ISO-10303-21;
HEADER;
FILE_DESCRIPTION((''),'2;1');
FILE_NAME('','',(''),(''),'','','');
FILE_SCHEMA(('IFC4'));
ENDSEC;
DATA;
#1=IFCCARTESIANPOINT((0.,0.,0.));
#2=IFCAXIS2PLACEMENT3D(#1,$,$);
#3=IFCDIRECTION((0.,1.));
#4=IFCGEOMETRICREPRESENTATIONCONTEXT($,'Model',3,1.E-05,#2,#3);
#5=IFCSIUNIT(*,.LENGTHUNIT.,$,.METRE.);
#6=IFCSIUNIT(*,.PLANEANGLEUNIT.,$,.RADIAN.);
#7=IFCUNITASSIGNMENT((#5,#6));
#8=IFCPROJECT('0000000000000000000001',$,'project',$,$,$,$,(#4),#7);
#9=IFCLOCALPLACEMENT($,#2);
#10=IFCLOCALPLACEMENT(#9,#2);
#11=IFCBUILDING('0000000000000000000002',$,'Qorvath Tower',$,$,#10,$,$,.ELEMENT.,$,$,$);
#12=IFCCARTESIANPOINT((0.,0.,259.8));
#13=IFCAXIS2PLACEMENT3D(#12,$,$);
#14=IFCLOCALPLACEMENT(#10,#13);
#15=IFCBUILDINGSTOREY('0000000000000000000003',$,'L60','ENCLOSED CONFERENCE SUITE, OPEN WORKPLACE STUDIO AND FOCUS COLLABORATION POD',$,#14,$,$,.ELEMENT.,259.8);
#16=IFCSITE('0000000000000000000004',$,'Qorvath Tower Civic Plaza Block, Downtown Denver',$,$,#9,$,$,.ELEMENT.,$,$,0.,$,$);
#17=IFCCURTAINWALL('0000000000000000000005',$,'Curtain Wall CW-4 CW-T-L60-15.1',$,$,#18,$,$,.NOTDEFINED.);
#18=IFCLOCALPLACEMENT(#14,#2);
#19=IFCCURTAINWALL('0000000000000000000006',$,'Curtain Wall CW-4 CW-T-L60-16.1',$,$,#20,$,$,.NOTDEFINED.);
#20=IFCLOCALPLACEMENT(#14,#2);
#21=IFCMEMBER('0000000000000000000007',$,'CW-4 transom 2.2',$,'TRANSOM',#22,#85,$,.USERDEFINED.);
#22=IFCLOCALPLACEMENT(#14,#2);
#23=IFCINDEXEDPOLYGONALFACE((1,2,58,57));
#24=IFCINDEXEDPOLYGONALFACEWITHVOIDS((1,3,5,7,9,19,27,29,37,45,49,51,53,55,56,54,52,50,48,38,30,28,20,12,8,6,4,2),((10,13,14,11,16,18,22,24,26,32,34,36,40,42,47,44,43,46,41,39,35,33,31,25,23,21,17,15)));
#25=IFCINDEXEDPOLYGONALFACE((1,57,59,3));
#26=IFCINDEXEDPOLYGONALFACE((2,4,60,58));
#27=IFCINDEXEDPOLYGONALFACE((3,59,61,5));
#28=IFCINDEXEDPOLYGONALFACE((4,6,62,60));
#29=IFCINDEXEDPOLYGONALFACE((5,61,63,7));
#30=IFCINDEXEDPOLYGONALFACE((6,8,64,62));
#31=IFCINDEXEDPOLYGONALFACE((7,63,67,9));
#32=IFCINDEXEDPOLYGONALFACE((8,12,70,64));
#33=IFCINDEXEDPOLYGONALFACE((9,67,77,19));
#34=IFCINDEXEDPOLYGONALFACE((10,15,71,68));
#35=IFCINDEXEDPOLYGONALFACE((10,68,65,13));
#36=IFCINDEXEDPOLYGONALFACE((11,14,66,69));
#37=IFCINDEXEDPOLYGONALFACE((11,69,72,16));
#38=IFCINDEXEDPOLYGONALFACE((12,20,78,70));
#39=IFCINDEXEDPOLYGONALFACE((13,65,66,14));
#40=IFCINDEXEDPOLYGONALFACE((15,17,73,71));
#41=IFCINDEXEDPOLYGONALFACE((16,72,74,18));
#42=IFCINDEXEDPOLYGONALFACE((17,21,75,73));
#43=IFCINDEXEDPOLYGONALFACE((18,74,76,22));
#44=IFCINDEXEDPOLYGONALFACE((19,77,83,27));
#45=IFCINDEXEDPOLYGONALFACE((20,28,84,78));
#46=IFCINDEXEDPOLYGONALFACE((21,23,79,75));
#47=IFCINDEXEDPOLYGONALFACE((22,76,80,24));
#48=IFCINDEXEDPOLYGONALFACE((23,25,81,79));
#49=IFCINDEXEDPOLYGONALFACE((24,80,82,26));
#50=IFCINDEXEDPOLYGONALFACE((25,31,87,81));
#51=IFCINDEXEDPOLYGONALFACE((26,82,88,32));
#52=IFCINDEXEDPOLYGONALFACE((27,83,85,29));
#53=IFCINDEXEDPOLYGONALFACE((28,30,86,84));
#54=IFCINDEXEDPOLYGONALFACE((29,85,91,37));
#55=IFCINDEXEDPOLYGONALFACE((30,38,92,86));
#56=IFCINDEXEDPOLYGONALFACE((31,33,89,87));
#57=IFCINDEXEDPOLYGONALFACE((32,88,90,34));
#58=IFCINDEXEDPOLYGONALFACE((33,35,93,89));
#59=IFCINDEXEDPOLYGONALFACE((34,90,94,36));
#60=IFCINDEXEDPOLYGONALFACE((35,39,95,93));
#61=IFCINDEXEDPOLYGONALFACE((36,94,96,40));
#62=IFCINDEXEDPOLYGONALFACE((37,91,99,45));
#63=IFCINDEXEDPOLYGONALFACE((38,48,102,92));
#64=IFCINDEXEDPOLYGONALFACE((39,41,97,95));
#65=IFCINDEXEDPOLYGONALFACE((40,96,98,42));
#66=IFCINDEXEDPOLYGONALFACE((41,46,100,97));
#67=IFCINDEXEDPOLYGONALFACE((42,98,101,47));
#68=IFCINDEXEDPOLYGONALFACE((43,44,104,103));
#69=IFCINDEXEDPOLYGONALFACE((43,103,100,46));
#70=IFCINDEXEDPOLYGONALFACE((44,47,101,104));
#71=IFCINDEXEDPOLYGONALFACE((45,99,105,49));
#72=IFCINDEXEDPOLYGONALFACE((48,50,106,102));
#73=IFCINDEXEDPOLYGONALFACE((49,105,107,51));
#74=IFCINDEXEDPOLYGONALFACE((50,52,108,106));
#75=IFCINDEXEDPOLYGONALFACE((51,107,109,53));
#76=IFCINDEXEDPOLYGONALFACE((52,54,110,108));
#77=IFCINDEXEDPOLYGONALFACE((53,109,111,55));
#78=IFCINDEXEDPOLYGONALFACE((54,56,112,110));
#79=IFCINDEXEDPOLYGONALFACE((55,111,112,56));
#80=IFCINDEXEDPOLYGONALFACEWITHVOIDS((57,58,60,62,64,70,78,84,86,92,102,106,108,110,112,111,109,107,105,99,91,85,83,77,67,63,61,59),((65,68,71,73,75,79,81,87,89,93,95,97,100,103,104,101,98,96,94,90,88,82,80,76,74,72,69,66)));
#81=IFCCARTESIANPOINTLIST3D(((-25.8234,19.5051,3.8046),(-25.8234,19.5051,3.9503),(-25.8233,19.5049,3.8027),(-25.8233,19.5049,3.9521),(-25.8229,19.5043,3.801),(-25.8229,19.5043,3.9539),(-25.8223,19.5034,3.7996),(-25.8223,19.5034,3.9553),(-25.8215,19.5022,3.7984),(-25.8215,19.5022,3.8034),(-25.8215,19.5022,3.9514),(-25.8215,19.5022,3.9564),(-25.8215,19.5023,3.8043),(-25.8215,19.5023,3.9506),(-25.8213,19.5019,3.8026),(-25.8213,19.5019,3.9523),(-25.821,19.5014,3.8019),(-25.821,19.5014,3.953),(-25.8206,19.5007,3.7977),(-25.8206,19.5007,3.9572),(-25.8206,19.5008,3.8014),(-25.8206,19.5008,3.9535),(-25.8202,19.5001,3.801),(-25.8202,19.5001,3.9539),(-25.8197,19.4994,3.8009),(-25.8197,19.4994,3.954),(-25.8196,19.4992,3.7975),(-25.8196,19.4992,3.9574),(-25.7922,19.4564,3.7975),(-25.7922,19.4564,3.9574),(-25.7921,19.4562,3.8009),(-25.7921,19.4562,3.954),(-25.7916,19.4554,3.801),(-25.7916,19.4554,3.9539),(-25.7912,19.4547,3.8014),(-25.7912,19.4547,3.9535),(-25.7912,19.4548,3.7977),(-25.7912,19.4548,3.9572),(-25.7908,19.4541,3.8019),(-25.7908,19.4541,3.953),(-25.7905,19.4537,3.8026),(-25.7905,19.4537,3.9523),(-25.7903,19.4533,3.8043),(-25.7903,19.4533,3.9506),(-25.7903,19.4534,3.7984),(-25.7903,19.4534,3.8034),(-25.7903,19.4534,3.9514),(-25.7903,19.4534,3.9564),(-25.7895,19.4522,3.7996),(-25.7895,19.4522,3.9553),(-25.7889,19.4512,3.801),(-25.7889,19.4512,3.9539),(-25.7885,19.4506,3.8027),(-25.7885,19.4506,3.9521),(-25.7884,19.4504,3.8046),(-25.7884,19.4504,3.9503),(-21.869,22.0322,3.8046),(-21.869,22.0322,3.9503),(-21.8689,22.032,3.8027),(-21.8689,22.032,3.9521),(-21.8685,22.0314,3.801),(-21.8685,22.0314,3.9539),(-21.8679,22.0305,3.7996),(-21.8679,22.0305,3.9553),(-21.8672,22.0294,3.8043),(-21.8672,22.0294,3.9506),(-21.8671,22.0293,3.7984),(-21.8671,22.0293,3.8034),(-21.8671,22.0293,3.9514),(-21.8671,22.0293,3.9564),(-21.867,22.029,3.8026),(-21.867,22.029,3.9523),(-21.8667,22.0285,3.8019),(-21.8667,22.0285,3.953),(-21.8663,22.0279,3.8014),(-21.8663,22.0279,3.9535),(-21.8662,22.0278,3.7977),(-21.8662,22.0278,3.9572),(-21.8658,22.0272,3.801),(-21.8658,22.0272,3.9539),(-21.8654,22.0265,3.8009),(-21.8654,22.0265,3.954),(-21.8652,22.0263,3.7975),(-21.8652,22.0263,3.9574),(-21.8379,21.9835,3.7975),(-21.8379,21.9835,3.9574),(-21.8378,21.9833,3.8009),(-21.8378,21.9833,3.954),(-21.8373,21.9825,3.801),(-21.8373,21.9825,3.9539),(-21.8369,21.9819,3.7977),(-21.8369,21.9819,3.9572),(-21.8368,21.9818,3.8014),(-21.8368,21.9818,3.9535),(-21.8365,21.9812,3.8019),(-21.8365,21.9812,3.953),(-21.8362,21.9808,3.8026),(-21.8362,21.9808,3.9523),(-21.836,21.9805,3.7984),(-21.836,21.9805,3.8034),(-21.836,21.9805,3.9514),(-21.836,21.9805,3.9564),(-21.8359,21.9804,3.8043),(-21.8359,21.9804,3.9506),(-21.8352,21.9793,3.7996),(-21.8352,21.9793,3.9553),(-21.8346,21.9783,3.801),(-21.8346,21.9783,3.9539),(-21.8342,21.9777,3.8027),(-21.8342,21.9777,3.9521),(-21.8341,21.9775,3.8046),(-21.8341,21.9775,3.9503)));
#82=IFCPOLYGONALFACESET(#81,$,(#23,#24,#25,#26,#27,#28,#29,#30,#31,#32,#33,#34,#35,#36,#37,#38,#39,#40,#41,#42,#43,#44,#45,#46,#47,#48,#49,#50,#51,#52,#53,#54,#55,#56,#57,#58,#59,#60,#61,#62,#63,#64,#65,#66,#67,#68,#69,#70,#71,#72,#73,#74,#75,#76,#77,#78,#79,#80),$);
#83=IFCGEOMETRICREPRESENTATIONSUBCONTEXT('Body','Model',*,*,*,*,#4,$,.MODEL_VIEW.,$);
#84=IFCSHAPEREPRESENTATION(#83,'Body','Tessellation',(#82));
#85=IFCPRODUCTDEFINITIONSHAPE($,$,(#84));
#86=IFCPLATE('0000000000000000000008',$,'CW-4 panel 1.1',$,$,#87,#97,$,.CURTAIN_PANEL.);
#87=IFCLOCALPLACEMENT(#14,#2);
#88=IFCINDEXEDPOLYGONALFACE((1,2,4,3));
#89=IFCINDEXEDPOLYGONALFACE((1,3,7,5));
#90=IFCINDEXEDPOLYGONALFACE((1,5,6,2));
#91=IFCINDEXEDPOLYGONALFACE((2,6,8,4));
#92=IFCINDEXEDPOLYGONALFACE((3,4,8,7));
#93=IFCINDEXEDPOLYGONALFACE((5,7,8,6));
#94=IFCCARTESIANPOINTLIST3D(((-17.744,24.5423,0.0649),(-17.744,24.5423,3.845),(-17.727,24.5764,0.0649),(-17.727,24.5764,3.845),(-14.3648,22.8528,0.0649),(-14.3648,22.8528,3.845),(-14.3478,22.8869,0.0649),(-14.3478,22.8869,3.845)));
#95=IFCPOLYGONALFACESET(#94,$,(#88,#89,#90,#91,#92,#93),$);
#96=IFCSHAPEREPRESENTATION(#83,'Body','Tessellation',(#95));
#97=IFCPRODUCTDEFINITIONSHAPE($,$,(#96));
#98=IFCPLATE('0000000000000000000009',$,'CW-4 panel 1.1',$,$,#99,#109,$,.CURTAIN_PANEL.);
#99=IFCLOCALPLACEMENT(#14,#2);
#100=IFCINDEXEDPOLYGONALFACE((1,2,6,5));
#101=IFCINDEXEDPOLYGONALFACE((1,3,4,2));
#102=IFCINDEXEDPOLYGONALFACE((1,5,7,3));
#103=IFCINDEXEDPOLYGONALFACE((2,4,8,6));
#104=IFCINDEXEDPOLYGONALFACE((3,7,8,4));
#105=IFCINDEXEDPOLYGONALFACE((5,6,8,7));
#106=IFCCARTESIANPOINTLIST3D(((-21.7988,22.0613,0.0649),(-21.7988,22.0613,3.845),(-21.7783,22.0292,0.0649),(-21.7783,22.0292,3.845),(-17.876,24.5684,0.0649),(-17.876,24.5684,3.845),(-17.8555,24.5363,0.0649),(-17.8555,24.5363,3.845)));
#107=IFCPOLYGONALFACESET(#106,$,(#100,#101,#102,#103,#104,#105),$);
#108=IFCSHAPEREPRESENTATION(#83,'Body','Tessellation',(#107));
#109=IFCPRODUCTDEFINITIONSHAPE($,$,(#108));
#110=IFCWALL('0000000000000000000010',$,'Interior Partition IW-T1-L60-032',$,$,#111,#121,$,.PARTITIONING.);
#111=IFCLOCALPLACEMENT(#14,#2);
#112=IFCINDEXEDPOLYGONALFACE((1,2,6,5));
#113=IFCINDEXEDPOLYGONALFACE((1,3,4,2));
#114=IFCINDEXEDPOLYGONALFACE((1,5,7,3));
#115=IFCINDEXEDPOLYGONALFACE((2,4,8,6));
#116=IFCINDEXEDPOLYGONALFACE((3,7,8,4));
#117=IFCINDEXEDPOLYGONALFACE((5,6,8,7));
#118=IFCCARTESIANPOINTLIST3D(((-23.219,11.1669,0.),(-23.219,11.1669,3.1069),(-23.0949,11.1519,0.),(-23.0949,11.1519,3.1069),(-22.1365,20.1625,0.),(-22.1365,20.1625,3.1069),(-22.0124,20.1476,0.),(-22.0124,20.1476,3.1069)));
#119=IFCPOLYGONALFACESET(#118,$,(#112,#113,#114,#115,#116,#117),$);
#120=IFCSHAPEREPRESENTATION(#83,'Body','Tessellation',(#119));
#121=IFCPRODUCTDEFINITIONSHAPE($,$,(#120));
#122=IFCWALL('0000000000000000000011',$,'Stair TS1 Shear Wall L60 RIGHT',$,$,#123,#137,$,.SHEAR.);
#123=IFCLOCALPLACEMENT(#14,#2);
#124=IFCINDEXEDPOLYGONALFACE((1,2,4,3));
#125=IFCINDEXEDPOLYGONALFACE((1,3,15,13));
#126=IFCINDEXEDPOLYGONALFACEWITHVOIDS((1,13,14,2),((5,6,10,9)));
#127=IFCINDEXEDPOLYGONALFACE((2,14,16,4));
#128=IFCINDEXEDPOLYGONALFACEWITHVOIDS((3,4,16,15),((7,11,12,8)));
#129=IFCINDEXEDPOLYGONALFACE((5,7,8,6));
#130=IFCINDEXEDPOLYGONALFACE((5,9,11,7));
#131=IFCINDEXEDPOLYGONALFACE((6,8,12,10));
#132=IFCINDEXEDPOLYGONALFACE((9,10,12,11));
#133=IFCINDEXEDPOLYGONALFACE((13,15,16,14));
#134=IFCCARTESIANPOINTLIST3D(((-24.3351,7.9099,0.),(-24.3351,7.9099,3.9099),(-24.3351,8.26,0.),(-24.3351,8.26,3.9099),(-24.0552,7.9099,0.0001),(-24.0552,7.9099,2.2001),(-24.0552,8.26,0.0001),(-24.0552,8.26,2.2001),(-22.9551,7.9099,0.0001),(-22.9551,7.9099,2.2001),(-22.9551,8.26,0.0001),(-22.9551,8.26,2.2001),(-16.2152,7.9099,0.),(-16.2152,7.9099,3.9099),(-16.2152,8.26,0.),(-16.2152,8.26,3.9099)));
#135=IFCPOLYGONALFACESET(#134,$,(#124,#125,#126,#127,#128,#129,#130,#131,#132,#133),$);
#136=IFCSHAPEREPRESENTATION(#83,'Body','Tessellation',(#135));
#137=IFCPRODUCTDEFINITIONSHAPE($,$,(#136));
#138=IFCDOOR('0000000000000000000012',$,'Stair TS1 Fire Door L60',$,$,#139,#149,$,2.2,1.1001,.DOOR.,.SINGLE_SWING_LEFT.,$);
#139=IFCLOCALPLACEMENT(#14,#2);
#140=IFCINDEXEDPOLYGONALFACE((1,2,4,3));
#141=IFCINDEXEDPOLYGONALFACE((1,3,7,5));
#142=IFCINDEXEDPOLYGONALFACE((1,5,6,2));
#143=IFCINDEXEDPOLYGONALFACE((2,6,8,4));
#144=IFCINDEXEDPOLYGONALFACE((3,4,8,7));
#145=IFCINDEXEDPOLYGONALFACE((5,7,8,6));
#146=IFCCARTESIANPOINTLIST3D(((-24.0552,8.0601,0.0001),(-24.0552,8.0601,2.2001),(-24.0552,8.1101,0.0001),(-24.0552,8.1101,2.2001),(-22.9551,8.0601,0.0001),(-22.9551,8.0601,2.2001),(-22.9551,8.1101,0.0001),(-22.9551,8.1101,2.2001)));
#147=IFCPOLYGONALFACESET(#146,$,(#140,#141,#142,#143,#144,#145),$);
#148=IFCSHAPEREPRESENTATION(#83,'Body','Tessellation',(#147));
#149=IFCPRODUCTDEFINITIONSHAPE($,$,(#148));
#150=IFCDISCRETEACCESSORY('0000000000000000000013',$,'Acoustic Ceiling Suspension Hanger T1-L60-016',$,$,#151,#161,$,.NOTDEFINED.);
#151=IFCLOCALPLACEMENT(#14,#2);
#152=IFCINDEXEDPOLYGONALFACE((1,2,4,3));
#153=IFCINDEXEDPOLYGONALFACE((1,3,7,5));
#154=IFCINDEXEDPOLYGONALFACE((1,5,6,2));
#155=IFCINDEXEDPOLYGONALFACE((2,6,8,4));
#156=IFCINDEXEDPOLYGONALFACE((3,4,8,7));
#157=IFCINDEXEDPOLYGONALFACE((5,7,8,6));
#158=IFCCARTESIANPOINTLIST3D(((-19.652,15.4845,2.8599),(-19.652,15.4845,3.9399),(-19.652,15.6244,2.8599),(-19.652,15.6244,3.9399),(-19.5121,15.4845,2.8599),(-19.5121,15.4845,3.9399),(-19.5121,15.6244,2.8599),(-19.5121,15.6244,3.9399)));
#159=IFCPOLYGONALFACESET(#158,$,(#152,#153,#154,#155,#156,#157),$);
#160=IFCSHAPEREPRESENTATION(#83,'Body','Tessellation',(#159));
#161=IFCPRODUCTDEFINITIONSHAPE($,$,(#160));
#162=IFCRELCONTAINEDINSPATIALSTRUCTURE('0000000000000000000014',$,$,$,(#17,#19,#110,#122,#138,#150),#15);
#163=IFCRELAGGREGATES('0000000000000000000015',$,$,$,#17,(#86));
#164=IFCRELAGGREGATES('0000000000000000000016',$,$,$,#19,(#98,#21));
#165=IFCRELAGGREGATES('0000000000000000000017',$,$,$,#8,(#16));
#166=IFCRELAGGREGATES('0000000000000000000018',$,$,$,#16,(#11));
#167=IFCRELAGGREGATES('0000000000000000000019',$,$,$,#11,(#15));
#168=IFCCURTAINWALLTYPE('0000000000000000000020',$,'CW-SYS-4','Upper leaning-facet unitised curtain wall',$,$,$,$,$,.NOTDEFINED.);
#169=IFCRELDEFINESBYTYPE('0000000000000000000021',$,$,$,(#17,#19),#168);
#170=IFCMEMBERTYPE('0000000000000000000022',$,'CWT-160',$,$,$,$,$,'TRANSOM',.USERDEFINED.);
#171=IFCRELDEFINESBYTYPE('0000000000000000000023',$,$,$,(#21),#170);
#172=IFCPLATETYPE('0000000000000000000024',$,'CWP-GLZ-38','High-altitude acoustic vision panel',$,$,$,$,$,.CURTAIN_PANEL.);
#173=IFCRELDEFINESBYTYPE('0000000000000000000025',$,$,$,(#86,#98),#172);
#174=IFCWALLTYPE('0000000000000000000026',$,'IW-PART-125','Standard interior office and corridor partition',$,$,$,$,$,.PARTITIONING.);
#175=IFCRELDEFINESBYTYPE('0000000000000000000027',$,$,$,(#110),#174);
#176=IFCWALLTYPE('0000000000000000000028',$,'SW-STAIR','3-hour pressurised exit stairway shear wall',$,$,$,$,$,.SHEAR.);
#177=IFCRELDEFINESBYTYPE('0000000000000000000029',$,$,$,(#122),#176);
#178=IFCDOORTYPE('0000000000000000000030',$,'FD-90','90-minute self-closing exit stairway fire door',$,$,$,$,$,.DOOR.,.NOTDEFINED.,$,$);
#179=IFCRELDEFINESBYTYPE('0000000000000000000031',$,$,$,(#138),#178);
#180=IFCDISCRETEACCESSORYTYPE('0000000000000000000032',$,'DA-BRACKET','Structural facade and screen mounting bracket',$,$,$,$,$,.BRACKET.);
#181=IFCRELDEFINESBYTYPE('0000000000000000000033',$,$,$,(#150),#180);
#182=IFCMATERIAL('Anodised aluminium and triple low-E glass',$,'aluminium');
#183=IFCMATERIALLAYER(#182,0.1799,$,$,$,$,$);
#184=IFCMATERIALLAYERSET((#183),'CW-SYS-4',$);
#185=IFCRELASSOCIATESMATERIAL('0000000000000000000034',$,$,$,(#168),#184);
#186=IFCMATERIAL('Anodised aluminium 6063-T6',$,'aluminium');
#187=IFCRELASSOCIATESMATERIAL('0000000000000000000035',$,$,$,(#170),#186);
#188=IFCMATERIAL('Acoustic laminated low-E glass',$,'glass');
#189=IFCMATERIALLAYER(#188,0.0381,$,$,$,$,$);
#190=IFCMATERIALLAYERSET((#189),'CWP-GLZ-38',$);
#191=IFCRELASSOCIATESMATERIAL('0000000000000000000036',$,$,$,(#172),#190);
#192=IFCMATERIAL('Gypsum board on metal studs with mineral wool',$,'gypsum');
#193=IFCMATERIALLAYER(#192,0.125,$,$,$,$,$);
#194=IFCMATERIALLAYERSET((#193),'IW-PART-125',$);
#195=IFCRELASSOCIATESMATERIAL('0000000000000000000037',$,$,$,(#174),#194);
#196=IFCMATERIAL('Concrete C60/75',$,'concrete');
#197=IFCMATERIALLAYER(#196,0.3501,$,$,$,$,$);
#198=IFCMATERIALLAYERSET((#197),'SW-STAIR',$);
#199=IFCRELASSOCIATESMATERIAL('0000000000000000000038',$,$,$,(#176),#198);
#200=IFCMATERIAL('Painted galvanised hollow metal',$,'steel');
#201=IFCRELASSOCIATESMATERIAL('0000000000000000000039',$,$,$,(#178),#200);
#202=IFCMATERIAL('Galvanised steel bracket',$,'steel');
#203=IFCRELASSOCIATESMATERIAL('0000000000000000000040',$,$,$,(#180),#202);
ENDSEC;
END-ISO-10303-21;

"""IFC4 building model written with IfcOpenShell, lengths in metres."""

from ifc_helpers import new_model, si_unit, direction, frame, frame_2d, origin, origin_2d, place, context, subcontext, project, spatial, rectangle, hollow_rectangle, extrude, material, layer, layer_set, material_profile, profile_set, type_object, element, fill, aggregate, save


model = new_model("IFC4")

# Units and contexts
model_context = context("Model", 3, precision=1e-05, world=origin(), true_north=direction((0.0, 1.0)))
body_context = subcontext(model_context, "Body", "Model", "MODEL_VIEW")
ifc_project = project(units=[si_unit("LENGTHUNIT", "METRE"), si_unit("PLANEANGLEUNIT", "RADIAN")], contexts=[model_context])

# Site, building, storey
site_placement = place(None, origin())
site = spatial("IfcSite", under=ifc_project, at=site_placement, Name="Qorvath Tower Civic Plaza Block, Downtown Denver", CompositionType="ELEMENT", RefElevation=0.0)
building_placement = place(site_placement, origin())
building = spatial("IfcBuilding", under=site, at=building_placement, Name="Qorvath Tower", CompositionType="ELEMENT")
storey_placement = place(building_placement, frame((0.0, 0.0, 259.8)))
storey = spatial("IfcBuildingStorey", under=building, at=storey_placement, Name="L60", Description="ENCLOSED CONFERENCE SUITE, OPEN WORKPLACE STUDIO AND FOCUS COLLABORATION POD", CompositionType="ELEMENT", Elevation=259.8)

# Curtain wall
ifc_material_1 = material(Name="Anodised aluminium and triple low-E glass", Category="aluminium")
ifc_layer_1 = layer(ifc_material_1, 0.1799)
ifc_layer_set_1 = layer_set([ifc_layer_1], Name="CW-SYS-4")
curtain_wall_type = type_object("IfcCurtainWallType", Name="CW-SYS-4", Description="Upper leaning-facet unitised curtain wall", PredefinedType="NOTDEFINED", material=ifc_layer_set_1)
curtain_wall_1_placement = place(storey_placement, origin())
curtain_wall_1 = element("IfcCurtainWall", 1, at=curtain_wall_1_placement, inside=storey, type_object=curtain_wall_type, Name="Curtain Wall CW-4 CW-T-L60-15.1", PredefinedType="NOTDEFINED")

# Curtain wall, member
curtain_wall_2_placement = place(storey_placement, origin())
curtain_wall_2 = element("IfcCurtainWall", 2, at=curtain_wall_2_placement, inside=storey, type_object=curtain_wall_type, Name="Curtain Wall CW-4 CW-T-L60-16.1", PredefinedType="NOTDEFINED")
ifc_material_2 = material(Name="Anodised aluminium 6063-T6", Category="aluminium")
ifc_material_profile_1 = material_profile(ifc_material_2, hollow_rectangle(XDim=0.0649, YDim=0.1599, WallThickness=0.0034, InnerFilletRadius=0.0034, OuterFilletRadius=0.0071, at=origin_2d()), Name="CWT 160x65")
ifc_profile_set_1 = profile_set([ifc_material_profile_1], Name="Anodised aluminium 6063-T6")
member_type_1 = type_object("IfcMemberType", Name="CWT-160", ElementType="TRANSOM", PredefinedType="USERDEFINED", material=ifc_profile_set_1)
member_1_placement = place(storey_placement, frame((-21.8516, 22.0049, 3.8774), z_axis=(-0.842627, -0.538497, 0.0), x_axis=(0.538497, -0.842627, 0.0)))
member_1 = element("IfcMember", 3, at=member_1_placement, type_object=member_type_1, Name="CW-4 transom 2.2", ObjectType="TRANSOM", PredefinedType="USERDEFINED", context=body_context, shape_type="SweptSolid", body=[
    extrude(hollow_rectangle(XDim=0.0649, YDim=0.1599, WallThickness=0.0034, InnerFilletRadius=0.0034, OuterFilletRadius=0.0071, at=origin_2d()), origin(), (0.0, 0.0, 1.0), 4.6929),
])

# Plates
ifc_material_3 = material(Name="Acoustic laminated low-E glass", Category="glass")
ifc_layer_2 = layer(ifc_material_3, 0.0381)
ifc_layer_set_2 = layer_set([ifc_layer_2], Name="CWP-GLZ-38")
plate_type = type_object("IfcPlateType", Name="CWP-GLZ-38", Description="High-altitude acoustic vision panel", PredefinedType="CURTAIN_PANEL", material=ifc_layer_set_2)
plate_1_placement = place(storey_placement, frame((-16.0459, 23.7146, 0.0649), z_axis=(0.0, 0.0, 1.0), x_axis=(-0.894437, 0.447193, 0.0)))
plate_1 = element("IfcPlate", 4, at=plate_1_placement, type_object=plate_type, Name="CW-4 panel 1.1", PredefinedType="CURTAIN_PANEL", context=body_context, shape_type="SweptSolid", body=[
    extrude(rectangle(XDim=3.7781, YDim=0.0381, at=origin_2d()), origin(), (0.0, 0.0, 1.0), 3.78),
])
aggregate(curtain_wall_1, [plate_1])
plate_2_placement = place(storey_placement, frame((-19.8271, 23.2988, 0.0649), z_axis=(0.0, 0.0, 1.0), x_axis=(-0.842611, -0.538523, 0.0)))
plate_2 = element("IfcPlate", 5, at=plate_2_placement, type_object=plate_type, Name="CW-4 panel 1.1", PredefinedType="CURTAIN_PANEL", context=body_context, shape_type="SweptSolid", body=[
    extrude(rectangle(XDim=4.6555, YDim=0.0381, at=origin_2d()), origin(), (0.0, 0.0, 1.0), 3.78),
])
aggregate(curtain_wall_2, [plate_2, member_1])

# Wall
ifc_material_4 = material(Name="Gypsum board on metal studs with mineral wool", Category="gypsum")
ifc_layer_3 = layer(ifc_material_4, 0.125)
ifc_layer_set_3 = layer_set([ifc_layer_3], Name="IW-PART-125")
wall_type_1 = type_object("IfcWallType", Name="IW-PART-125", Description="Standard interior office and corridor partition", PredefinedType="PARTITIONING", material=ifc_layer_set_3)
wall_1_placement = place(storey_placement, frame((-22.0745, 20.155, 0.0), z_axis=(0.0, 0.0, 1.0), x_axis=(-0.119477, -0.992837, 0.0)))
element("IfcWall", 6, at=wall_1_placement, inside=storey, type_object=wall_type_1, Name="Interior Partition IW-T1-L60-032", PredefinedType="PARTITIONING", context=body_context, shape_type="SweptSolid", body=[
    extrude(rectangle(XDim=9.0605, YDim=0.125, at=frame_2d((4.5303, 0.0))), origin(), (0.0, 0.0, 1.0), 3.1069),
])

# Wall, opening, door
ifc_material_5 = material(Name="Concrete C60/75", Category="concrete")
ifc_layer_4 = layer(ifc_material_5, 0.3501)
ifc_layer_set_4 = layer_set([ifc_layer_4], Name="SW-STAIR")
wall_type_2 = type_object("IfcWallType", Name="SW-STAIR", Description="3-hour pressurised exit stairway shear wall", PredefinedType="SHEAR", material=ifc_layer_set_4)
wall_2_placement = place(storey_placement, frame((-16.2151, 8.085, 0.0), z_axis=(0.0, 0.0, 1.0), x_axis=(-1.0, 0.0, 0.0)))
wall_2 = element("IfcWall", 7, at=wall_2_placement, inside=storey, type_object=wall_type_2, Name="Stair TS1 Shear Wall L60 RIGHT", PredefinedType="SHEAR", context=body_context, shape_type="SweptSolid", body=[
    extrude(rectangle(XDim=8.1199, YDim=0.3501, at=frame_2d((4.0601, 0.0))), origin(), (0.0, 0.0, 1.0), 3.9099),
])
opening_placement = place(wall_2_placement, frame((6.74, 0.0, 0.0)))
opening = element("IfcOpeningElement", 8, at=opening_placement, cuts=wall_2, PredefinedType="OPENING", context=body_context, shape_type="SweptSolid", body=[
    extrude(rectangle(XDim=1.1001, YDim=2.2, at=frame_2d((0.55, 1.1001))), frame((0.0, 0.1851, 0.0), z_axis=(0.0, -1.0, 0.0), x_axis=(1.0, 0.0, 0.0)), (0.0, 0.0, 1.0), 0.3701),
])
ifc_material_6 = material(Name="Painted galvanised hollow metal", Category="steel")
door_type = type_object("IfcDoorType", Name="FD-90", Description="90-minute self-closing exit stairway fire door", OperationType="NOTDEFINED", PredefinedType="DOOR", material=ifc_material_6)
door_placement = place(opening_placement, origin())
door = element("IfcDoor", 9, at=door_placement, inside=storey, type_object=door_type, Name="Stair TS1 Fire Door L60", OperationType="SINGLE_SWING_LEFT", OverallHeight=2.2, OverallWidth=1.1001, PredefinedType="DOOR", context=body_context, shape_type="SweptSolid", body=[
    extrude(rectangle(XDim=1.1001, YDim=2.2, at=frame_2d((0.55, 1.1001))), frame((0.0, 0.0249, 0.0), z_axis=(0.0, -1.0, 0.0), x_axis=(1.0, 0.0, 0.0)), (0.0, 0.0, 1.0), 0.05),
])
fill(opening, door)

# Discrete accessory
ifc_material_7 = material(Name="Galvanised steel bracket", Category="steel")
discrete_accessory_type = type_object("IfcDiscreteAccessoryType", Name="DA-BRACKET", Description="Structural facade and screen mounting bracket", PredefinedType="BRACKET", material=ifc_material_7)
discrete_accessory_placement = place(storey_placement, frame((-19.582, 15.5544, 2.8599), z_axis=(0.0, 0.0, 1.0), x_axis=(1.0, 0.0, 0.0)))
element("IfcDiscreteAccessory", 10, at=discrete_accessory_placement, inside=storey, type_object=discrete_accessory_type, Name="Acoustic Ceiling Suspension Hanger T1-L60-016", PredefinedType="NOTDEFINED", context=body_context, shape_type="SweptSolid", body=[
    extrude(rectangle(XDim=0.1399, YDim=0.1399, at=origin_2d()), origin(), (0.0, 0.0, 1.0), 1.0801),
])

save(model, "model.ifc")
